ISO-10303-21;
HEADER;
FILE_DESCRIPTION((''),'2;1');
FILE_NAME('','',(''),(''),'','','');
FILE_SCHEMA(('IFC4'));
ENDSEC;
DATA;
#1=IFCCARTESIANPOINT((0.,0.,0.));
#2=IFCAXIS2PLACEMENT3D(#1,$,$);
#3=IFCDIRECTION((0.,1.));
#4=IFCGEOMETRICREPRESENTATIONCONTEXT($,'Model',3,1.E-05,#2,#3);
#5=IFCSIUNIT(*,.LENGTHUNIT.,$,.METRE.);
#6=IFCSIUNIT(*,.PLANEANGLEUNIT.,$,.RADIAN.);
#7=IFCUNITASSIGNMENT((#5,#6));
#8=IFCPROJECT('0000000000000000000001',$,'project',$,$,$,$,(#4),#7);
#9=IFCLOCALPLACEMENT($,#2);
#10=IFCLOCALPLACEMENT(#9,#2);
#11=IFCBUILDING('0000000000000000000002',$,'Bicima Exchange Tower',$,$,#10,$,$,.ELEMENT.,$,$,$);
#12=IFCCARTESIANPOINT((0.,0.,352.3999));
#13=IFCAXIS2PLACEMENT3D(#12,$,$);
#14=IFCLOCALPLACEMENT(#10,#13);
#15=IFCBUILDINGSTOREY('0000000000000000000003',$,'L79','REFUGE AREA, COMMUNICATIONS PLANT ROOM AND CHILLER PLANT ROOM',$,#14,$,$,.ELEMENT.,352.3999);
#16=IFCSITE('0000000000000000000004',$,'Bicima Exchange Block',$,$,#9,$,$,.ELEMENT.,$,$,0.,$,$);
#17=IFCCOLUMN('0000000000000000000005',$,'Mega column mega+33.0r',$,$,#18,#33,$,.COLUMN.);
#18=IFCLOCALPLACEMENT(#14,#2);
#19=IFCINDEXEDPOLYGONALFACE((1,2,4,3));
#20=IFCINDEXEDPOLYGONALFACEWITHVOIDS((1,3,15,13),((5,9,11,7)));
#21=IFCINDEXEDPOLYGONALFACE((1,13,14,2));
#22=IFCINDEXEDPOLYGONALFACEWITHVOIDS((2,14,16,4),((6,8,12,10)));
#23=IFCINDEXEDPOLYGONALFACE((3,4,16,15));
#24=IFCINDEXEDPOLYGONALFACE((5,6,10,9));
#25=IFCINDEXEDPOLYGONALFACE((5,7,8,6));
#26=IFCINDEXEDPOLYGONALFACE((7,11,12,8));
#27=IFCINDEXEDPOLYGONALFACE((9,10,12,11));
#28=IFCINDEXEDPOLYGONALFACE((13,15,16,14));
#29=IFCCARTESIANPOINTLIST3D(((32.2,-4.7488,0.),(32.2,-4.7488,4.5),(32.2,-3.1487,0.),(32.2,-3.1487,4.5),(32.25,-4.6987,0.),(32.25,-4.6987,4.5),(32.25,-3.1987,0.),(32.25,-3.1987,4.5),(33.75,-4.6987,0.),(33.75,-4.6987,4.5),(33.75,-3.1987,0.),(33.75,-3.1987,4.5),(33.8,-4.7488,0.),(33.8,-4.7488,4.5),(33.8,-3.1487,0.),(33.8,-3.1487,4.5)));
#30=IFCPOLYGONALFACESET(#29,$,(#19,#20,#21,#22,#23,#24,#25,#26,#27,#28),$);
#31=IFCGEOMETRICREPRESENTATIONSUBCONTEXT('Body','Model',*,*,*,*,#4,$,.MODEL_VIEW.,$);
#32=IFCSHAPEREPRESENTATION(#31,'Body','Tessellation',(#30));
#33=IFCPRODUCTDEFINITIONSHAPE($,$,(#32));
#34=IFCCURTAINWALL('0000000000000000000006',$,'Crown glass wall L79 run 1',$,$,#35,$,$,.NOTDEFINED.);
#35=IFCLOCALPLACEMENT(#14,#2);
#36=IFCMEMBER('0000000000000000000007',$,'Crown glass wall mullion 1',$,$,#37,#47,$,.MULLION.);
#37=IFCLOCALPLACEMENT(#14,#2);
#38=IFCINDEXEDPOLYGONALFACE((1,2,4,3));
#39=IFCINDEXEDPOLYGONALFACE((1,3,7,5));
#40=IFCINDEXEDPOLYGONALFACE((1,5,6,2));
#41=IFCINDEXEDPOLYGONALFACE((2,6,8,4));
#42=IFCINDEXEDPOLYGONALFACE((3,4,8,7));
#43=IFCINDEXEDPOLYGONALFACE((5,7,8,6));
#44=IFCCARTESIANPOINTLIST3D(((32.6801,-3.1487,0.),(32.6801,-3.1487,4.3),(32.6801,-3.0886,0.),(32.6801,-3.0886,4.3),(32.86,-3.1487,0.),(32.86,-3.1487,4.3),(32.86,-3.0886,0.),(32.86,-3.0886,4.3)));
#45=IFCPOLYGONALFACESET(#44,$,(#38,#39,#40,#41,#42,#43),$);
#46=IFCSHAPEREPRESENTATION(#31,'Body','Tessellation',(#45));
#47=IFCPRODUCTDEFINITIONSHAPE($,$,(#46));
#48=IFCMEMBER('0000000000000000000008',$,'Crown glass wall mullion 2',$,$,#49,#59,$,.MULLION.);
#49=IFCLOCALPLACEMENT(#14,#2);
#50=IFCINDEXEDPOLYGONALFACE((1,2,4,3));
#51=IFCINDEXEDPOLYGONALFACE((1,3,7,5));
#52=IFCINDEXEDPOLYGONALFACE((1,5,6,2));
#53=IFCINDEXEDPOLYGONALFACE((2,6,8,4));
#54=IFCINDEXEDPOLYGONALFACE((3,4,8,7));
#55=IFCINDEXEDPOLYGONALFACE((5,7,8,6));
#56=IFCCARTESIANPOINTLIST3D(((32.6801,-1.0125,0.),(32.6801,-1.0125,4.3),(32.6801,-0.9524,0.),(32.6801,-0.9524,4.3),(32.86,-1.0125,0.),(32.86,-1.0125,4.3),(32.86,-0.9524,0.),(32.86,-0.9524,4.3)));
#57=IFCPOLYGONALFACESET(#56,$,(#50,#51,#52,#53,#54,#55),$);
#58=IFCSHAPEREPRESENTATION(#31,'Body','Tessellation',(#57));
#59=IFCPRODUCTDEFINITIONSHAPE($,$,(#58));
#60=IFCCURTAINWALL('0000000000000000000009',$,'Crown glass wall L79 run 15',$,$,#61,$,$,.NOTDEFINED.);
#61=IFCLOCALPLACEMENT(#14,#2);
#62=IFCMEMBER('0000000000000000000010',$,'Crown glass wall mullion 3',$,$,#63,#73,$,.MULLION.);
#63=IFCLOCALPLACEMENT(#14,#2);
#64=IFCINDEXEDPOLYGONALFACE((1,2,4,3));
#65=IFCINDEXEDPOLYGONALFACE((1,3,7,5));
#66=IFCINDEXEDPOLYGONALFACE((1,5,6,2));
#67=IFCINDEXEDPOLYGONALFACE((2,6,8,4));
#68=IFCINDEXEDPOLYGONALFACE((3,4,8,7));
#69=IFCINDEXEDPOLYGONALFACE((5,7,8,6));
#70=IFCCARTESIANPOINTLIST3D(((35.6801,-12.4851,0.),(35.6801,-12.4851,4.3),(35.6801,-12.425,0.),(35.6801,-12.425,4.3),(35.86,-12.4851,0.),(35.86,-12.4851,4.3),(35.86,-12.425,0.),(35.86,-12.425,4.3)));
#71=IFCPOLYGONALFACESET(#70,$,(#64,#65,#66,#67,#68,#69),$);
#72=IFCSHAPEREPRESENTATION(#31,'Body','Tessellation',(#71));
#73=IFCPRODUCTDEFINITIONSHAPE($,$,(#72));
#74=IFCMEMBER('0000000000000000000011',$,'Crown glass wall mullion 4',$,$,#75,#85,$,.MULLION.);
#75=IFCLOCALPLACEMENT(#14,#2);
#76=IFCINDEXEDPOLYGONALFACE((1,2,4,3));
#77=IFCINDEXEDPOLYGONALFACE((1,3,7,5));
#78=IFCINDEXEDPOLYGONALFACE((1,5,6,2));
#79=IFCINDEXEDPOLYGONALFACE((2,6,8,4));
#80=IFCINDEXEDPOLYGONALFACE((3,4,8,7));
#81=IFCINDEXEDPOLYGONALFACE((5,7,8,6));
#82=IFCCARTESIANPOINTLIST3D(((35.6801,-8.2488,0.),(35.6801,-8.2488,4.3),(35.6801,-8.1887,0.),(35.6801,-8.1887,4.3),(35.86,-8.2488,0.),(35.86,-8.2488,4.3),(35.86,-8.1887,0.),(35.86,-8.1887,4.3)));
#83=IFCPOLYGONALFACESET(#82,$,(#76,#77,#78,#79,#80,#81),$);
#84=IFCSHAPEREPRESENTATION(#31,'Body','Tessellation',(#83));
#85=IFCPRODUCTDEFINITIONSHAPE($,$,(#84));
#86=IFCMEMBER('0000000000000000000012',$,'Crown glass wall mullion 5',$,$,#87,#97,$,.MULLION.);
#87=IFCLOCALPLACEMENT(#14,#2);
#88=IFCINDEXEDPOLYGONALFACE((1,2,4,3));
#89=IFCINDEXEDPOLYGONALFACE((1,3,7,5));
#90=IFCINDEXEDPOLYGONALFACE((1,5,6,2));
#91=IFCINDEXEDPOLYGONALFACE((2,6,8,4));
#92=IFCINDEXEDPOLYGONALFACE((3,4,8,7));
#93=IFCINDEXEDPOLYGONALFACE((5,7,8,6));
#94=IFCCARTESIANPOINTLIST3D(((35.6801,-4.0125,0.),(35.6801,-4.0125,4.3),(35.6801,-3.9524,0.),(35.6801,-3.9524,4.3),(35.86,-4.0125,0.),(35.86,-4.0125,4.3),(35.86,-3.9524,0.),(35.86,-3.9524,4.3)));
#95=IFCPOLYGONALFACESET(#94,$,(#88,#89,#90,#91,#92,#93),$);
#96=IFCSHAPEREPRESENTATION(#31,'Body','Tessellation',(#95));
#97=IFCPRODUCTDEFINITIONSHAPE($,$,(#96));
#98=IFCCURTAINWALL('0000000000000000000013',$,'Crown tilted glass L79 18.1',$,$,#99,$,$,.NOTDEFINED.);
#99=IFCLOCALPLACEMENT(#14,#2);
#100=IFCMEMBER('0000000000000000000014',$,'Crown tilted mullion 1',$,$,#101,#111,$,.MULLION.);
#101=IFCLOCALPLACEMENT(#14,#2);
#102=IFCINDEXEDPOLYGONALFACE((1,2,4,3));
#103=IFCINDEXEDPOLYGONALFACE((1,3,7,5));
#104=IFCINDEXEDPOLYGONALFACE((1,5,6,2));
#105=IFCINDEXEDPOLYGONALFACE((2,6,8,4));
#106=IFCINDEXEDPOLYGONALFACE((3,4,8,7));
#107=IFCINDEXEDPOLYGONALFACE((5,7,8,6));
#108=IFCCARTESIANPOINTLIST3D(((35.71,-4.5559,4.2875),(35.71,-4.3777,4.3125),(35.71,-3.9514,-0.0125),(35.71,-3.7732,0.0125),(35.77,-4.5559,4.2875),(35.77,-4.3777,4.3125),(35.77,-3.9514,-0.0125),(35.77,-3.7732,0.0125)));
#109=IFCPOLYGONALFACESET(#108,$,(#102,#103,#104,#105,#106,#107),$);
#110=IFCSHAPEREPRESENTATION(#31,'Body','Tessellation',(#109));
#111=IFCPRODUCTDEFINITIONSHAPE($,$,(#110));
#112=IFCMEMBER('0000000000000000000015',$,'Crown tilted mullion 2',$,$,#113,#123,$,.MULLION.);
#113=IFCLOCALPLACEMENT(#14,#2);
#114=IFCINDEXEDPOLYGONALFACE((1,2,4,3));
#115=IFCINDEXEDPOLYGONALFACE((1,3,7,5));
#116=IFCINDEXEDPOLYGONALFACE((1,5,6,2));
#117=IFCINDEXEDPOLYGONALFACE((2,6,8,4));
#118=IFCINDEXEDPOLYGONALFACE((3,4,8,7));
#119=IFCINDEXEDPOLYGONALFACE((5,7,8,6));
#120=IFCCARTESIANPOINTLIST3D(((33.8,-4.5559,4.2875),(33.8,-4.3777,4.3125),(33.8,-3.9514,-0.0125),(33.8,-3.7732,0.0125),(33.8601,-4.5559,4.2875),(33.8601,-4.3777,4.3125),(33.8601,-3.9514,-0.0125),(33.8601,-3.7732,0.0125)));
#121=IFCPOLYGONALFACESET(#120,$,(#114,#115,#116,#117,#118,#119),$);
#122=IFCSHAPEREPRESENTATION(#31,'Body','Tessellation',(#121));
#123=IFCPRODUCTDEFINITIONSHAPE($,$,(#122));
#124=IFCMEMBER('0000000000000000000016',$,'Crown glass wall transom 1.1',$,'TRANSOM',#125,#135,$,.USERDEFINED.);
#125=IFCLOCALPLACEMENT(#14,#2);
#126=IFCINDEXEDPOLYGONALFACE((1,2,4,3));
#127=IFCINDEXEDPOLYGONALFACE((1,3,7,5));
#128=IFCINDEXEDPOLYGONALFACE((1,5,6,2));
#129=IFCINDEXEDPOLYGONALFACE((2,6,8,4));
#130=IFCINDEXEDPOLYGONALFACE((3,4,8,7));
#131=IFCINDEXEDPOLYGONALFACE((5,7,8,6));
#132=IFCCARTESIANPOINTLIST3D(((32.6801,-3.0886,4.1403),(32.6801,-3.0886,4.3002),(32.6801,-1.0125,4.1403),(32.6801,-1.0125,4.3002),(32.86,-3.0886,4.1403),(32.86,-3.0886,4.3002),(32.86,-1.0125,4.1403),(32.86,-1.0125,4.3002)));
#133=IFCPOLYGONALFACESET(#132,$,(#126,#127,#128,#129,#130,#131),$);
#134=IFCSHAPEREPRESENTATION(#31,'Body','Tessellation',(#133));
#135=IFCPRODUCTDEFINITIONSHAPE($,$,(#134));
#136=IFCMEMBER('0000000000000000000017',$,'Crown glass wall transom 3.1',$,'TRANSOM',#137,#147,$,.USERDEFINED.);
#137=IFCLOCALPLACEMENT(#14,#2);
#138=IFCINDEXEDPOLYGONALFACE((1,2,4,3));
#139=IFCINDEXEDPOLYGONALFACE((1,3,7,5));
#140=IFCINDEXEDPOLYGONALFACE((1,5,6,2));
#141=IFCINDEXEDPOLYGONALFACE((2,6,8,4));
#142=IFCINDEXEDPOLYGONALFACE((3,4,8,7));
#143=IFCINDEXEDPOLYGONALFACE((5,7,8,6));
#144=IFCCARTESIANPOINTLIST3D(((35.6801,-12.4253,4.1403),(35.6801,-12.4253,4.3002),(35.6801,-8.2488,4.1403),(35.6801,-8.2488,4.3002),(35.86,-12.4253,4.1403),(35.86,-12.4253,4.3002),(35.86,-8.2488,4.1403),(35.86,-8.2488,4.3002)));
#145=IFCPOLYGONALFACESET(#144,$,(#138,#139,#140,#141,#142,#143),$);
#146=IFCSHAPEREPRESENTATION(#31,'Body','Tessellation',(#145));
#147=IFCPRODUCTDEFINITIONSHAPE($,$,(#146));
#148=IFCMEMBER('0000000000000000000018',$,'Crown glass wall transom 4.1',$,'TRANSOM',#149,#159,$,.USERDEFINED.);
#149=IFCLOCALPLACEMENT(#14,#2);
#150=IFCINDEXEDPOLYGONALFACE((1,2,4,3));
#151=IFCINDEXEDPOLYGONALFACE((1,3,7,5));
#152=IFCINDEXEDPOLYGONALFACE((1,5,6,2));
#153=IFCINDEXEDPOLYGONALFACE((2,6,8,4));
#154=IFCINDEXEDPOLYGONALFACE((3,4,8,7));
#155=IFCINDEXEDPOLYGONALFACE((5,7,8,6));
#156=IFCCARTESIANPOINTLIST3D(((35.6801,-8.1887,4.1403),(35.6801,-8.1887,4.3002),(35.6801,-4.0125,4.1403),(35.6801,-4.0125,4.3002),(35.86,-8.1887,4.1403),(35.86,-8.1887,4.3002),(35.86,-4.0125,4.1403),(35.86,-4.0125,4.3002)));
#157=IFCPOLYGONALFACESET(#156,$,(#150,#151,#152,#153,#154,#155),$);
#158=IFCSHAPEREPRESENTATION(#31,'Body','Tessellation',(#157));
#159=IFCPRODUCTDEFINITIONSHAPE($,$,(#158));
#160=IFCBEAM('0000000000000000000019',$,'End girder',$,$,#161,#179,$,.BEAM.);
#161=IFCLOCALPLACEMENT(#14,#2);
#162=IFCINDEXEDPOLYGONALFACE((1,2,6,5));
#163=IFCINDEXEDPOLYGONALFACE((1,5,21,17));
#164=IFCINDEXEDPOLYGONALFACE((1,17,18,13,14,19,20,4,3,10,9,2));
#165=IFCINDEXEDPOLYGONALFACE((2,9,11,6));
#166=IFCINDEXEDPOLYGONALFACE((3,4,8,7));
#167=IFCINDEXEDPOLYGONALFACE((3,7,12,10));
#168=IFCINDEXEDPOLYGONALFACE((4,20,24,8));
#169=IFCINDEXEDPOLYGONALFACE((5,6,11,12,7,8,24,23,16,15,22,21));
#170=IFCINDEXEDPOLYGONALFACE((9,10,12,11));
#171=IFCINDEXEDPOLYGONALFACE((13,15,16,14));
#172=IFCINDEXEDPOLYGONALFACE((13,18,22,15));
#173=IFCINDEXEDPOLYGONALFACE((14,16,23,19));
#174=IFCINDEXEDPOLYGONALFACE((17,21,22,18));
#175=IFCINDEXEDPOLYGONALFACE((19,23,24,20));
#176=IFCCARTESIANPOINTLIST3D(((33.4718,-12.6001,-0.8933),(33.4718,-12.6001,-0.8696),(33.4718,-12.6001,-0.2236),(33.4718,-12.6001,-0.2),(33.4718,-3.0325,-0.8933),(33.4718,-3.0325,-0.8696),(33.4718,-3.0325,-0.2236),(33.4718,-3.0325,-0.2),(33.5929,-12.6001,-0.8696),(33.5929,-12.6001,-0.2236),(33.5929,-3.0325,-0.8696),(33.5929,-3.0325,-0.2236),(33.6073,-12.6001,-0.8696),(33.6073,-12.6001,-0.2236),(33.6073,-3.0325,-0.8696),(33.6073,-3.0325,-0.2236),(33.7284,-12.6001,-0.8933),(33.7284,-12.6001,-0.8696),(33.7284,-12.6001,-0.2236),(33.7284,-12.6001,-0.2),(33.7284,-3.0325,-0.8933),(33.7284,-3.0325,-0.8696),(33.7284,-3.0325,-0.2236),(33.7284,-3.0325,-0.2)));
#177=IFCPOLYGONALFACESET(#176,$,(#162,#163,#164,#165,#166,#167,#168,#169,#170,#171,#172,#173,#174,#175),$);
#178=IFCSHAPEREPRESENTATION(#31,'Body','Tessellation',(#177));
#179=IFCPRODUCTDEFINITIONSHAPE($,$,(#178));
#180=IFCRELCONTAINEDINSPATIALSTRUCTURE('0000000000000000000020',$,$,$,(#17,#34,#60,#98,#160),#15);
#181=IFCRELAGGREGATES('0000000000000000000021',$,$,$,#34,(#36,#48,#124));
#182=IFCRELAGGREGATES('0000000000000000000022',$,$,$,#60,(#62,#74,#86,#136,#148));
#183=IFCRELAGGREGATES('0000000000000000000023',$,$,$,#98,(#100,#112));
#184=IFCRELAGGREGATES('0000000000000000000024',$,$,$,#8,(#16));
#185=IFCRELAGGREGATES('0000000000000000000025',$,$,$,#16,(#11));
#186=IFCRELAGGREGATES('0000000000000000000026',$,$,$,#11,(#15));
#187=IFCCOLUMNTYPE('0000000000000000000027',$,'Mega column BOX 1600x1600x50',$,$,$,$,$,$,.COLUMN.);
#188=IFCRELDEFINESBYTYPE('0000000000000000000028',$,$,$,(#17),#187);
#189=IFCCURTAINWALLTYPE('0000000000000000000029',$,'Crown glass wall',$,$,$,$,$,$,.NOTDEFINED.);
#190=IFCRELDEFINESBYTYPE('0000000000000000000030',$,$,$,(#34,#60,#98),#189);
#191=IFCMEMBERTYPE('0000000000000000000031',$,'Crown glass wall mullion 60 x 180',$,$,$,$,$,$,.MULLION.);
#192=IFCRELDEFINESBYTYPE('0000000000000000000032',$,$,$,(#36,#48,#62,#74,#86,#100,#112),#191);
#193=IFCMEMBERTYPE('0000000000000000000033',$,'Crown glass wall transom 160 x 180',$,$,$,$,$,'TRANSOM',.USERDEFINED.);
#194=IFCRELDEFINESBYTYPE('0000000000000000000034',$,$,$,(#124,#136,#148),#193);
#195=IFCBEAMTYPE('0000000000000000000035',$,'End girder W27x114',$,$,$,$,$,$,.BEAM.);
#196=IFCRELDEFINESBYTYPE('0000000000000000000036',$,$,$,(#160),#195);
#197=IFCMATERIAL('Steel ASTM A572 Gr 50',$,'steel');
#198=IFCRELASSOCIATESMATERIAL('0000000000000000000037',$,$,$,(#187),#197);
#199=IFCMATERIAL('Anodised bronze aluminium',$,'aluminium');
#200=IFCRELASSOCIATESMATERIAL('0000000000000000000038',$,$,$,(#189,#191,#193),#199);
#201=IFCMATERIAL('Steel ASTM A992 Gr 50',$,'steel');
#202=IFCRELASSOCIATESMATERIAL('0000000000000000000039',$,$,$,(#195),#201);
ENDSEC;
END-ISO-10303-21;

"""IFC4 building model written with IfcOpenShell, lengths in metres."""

from ifc_helpers import new_model, si_unit, direction, frame, origin, origin_2d, place, context, subcontext, project, spatial, rectangle, hollow_rectangle, i_section, extrude, material, material_profile, profile_set, type_object, element, aggregate, save


model = new_model("IFC4")

# Units and contexts
model_context = context("Model", 3, precision=1e-05, world=origin(), true_north=direction((0.0, 1.0)))
body_context = subcontext(model_context, "Body", "Model", "MODEL_VIEW")
ifc_project = project(units=[si_unit("LENGTHUNIT", "METRE"), si_unit("PLANEANGLEUNIT", "RADIAN")], contexts=[model_context])

# Site, building, storey
site_placement = place(None, origin())
site = spatial("IfcSite", under=ifc_project, at=site_placement, Name="Bicima Exchange Block", CompositionType="ELEMENT", RefElevation=0.0)
building_placement = place(site_placement, origin())
building = spatial("IfcBuilding", under=site, at=building_placement, Name="Bicima Exchange Tower", CompositionType="ELEMENT")
storey_placement = place(building_placement, frame((0.0, 0.0, 352.3999)))
storey = spatial("IfcBuildingStorey", under=building, at=storey_placement, Name="L79", Description="REFUGE AREA, COMMUNICATIONS PLANT ROOM AND CHILLER PLANT ROOM", CompositionType="ELEMENT", Elevation=352.3999)

# Column
ifc_material_1 = material(Name="Steel ASTM A572 Gr 50", Category="steel")
ifc_material_profile_1 = material_profile(ifc_material_1, hollow_rectangle(XDim=1.6001, YDim=1.6001, WallThickness=0.05, at=origin_2d()))
ifc_profile_set_1 = profile_set([ifc_material_profile_1], Name="Steel ASTM A572 Gr 50")
column_type = type_object("IfcColumnType", Name="Mega column BOX 1600x1600x50", PredefinedType="COLUMN", material=ifc_profile_set_1)
column_placement = place(storey_placement, frame((33.0, -3.9487, 0.0), z_axis=(0.0, 0.0, 1.0), x_axis=(1.0, 0.0, 0.0)))
element("IfcColumn", 1, at=column_placement, inside=storey, type_object=column_type, Name="Mega column mega+33.0r", PredefinedType="COLUMN", context=body_context, shape_type="SweptSolid", body=[
    extrude(hollow_rectangle(XDim=1.6001, YDim=1.6001, WallThickness=0.05, at=origin_2d()), origin(), (0.0, 0.0, 1.0), 4.5),
])

# Curtain walls, members
ifc_material_2 = material(Name="Anodised bronze aluminium", Category="aluminium")
curtain_wall_type = type_object("IfcCurtainWallType", Name="Crown glass wall", PredefinedType="NOTDEFINED", material=ifc_material_2)
curtain_wall_1_placement = place(storey_placement, origin())
curtain_wall_1 = element("IfcCurtainWall", 2, at=curtain_wall_1_placement, inside=storey, type_object=curtain_wall_type, Name="Crown glass wall L79 run 1", PredefinedType="NOTDEFINED")
ifc_material_profile_2 = material_profile(ifc_material_2, rectangle(XDim=0.1799, YDim=0.0601, at=origin_2d()))
ifc_profile_set_2 = profile_set([ifc_material_profile_2], Name="Anodised bronze aluminium")
member_type_1 = type_object("IfcMemberType", Name="Crown glass wall mullion 60 x 180", PredefinedType="MULLION", material=ifc_profile_set_2)
member_1_placement = place(storey_placement, frame((32.77, -3.1187, 0.0), z_axis=(0.0, 0.0, 1.0), x_axis=(-1.0, 0.0, 0.0)))
member_1 = element("IfcMember", 3, at=member_1_placement, type_object=member_type_1, Name="Crown glass wall mullion 1", PredefinedType="MULLION", context=body_context, shape_type="SweptSolid", body=[
    extrude(rectangle(XDim=0.1799, YDim=0.0601, at=origin_2d()), origin(), (0.0, 0.0, 1.0), 4.3),
])
member_2_placement = place(storey_placement, frame((32.77, -0.9824, 0.0), z_axis=(0.0, 0.0, 1.0), x_axis=(-1.0, 0.0, 0.0)))
member_2 = element("IfcMember", 4, at=member_2_placement, type_object=member_type_1, Name="Crown glass wall mullion 2", PredefinedType="MULLION", context=body_context, shape_type="SweptSolid", body=[
    extrude(rectangle(XDim=0.1799, YDim=0.0601, at=origin_2d()), origin(), (0.0, 0.0, 1.0), 4.3),
])
curtain_wall_2_placement = place(storey_placement, origin())
curtain_wall_2 = element("IfcCurtainWall", 5, at=curtain_wall_2_placement, inside=storey, type_object=curtain_wall_type, Name="Crown glass wall L79 run 15", PredefinedType="NOTDEFINED")
member_3_placement = place(storey_placement, frame((35.77, -12.4551, 0.0), z_axis=(0.0, 0.0, 1.0), x_axis=(-1.0, 0.0, 0.0)))
member_3 = element("IfcMember", 6, at=member_3_placement, type_object=member_type_1, Name="Crown glass wall mullion 3", PredefinedType="MULLION", context=body_context, shape_type="SweptSolid", body=[
    extrude(rectangle(XDim=0.1799, YDim=0.0601, at=origin_2d()), origin(), (0.0, 0.0, 1.0), 4.3),
])
member_4_placement = place(storey_placement, frame((35.77, -8.2188, 0.0), z_axis=(0.0, 0.0, 1.0), x_axis=(-1.0, 0.0, 0.0)))
member_4 = element("IfcMember", 7, at=member_4_placement, type_object=member_type_1, Name="Crown glass wall mullion 4", PredefinedType="MULLION", context=body_context, shape_type="SweptSolid", body=[
    extrude(rectangle(XDim=0.1799, YDim=0.0601, at=origin_2d()), origin(), (0.0, 0.0, 1.0), 4.3),
])
member_5_placement = place(storey_placement, frame((35.77, -3.9824, 0.0), z_axis=(0.0, 0.0, 1.0), x_axis=(-1.0, 0.0, 0.0)))
member_5 = element("IfcMember", 8, at=member_5_placement, type_object=member_type_1, Name="Crown glass wall mullion 5", PredefinedType="MULLION", context=body_context, shape_type="SweptSolid", body=[
    extrude(rectangle(XDim=0.1799, YDim=0.0601, at=origin_2d()), origin(), (0.0, 0.0, 1.0), 4.3),
])
curtain_wall_3_placement = place(storey_placement, origin())
curtain_wall_3 = element("IfcCurtainWall", 9, at=curtain_wall_3_placement, inside=storey, type_object=curtain_wall_type, Name="Crown tilted glass L79 18.1", PredefinedType="NOTDEFINED")
member_6_placement = place(storey_placement, frame((35.74, -3.8623, 0.0), z_axis=(0.0, -0.139209, 0.990263), x_axis=(0.0, -0.990263, -0.139209)))
member_6 = element("IfcMember", 10, at=member_6_placement, type_object=member_type_1, Name="Crown tilted mullion 1", PredefinedType="MULLION", context=body_context, shape_type="SweptSolid", body=[
    extrude(rectangle(XDim=0.1799, YDim=0.0601, at=origin_2d()), origin(), (0.0, 0.0, 1.0), 4.3423),
])
member_7_placement = place(storey_placement, frame((33.8301, -3.8623, 0.0), z_axis=(0.0, -0.139209, 0.990263), x_axis=(0.0, -0.990263, -0.139209)))
member_7 = element("IfcMember", 11, at=member_7_placement, type_object=member_type_1, Name="Crown tilted mullion 2", PredefinedType="MULLION", context=body_context, shape_type="SweptSolid", body=[
    extrude(rectangle(XDim=0.1799, YDim=0.0601, at=origin_2d()), origin(), (0.0, 0.0, 1.0), 4.3423),
])

# Members
ifc_material_profile_3 = material_profile(ifc_material_2, rectangle(XDim=0.1799, YDim=0.1599, at=origin_2d()))
ifc_profile_set_3 = profile_set([ifc_material_profile_3], Name="Anodised bronze aluminium")
member_type_2 = type_object("IfcMemberType", Name="Crown glass wall transom 160 x 180", ElementType="TRANSOM", PredefinedType="USERDEFINED", material=ifc_profile_set_3)
member_8_placement = place(storey_placement, frame((32.77, -3.0886, 4.2202), z_axis=(0.0, 1.0, 0.0), x_axis=(-1.0, 0.0, 0.0)))
member_8 = element("IfcMember", 12, at=member_8_placement, type_object=member_type_2, Name="Crown glass wall transom 1.1", ObjectType="TRANSOM", PredefinedType="USERDEFINED", context=body_context, shape_type="SweptSolid", body=[
    extrude(rectangle(XDim=0.1799, YDim=0.1599, at=origin_2d()), origin(), (0.0, 0.0, 1.0), 2.0762),
])
member_9_placement = place(storey_placement, frame((35.77, -12.4253, 4.2202), z_axis=(0.0, 1.0, 0.0), x_axis=(-1.0, 0.0, 0.0)))
member_9 = element("IfcMember", 13, at=member_9_placement, type_object=member_type_2, Name="Crown glass wall transom 3.1", ObjectType="TRANSOM", PredefinedType="USERDEFINED", context=body_context, shape_type="SweptSolid", body=[
    extrude(rectangle(XDim=0.1799, YDim=0.1599, at=origin_2d()), origin(), (0.0, 0.0, 1.0), 4.1765),
])
member_10_placement = place(storey_placement, frame((35.77, -8.1887, 4.2202), z_axis=(0.0, 1.0, 0.0), x_axis=(-1.0, 0.0, 0.0)))
member_10 = element("IfcMember", 14, at=member_10_placement, type_object=member_type_2, Name="Crown glass wall transom 4.1", ObjectType="TRANSOM", PredefinedType="USERDEFINED", context=body_context, shape_type="SweptSolid", body=[
    extrude(rectangle(XDim=0.1799, YDim=0.1599, at=origin_2d()), origin(), (0.0, 0.0, 1.0), 4.1763),
])

# Beam
ifc_material_3 = material(Name="Steel ASTM A992 Gr 50", Category="steel")
ifc_material_profile_4 = material_profile(ifc_material_3, i_section(OverallWidth=0.2566, OverallDepth=0.6934, WebThickness=0.0144, FlangeThickness=0.0237, at=origin_2d()))
ifc_profile_set_4 = profile_set([ifc_material_profile_4], Name="Steel ASTM A992 Gr 50")
beam_type = type_object("IfcBeamType", Name="End girder W27x114", PredefinedType="BEAM", material=ifc_profile_set_4)
beam_placement = place(storey_placement, frame((33.6001, -3.0325, -0.5466), z_axis=(0.0, -1.0, 0.0), x_axis=(1.0, 0.0, 0.0)))
element("IfcBeam", 15, at=beam_placement, inside=storey, type_object=beam_type, Name="End girder", PredefinedType="BEAM", context=body_context, shape_type="SweptSolid", body=[
    extrude(i_section(OverallWidth=0.2566, OverallDepth=0.6934, WebThickness=0.0144, FlangeThickness=0.0237, at=origin_2d()), origin(), (0.0, 0.0, 1.0), 9.5676),
])

aggregate(curtain_wall_1, [member_1, member_2, member_8])
aggregate(curtain_wall_2, [member_3, member_4, member_5, member_9, member_10])
aggregate(curtain_wall_3, [member_6, member_7])

save(model, "model.ifc")
